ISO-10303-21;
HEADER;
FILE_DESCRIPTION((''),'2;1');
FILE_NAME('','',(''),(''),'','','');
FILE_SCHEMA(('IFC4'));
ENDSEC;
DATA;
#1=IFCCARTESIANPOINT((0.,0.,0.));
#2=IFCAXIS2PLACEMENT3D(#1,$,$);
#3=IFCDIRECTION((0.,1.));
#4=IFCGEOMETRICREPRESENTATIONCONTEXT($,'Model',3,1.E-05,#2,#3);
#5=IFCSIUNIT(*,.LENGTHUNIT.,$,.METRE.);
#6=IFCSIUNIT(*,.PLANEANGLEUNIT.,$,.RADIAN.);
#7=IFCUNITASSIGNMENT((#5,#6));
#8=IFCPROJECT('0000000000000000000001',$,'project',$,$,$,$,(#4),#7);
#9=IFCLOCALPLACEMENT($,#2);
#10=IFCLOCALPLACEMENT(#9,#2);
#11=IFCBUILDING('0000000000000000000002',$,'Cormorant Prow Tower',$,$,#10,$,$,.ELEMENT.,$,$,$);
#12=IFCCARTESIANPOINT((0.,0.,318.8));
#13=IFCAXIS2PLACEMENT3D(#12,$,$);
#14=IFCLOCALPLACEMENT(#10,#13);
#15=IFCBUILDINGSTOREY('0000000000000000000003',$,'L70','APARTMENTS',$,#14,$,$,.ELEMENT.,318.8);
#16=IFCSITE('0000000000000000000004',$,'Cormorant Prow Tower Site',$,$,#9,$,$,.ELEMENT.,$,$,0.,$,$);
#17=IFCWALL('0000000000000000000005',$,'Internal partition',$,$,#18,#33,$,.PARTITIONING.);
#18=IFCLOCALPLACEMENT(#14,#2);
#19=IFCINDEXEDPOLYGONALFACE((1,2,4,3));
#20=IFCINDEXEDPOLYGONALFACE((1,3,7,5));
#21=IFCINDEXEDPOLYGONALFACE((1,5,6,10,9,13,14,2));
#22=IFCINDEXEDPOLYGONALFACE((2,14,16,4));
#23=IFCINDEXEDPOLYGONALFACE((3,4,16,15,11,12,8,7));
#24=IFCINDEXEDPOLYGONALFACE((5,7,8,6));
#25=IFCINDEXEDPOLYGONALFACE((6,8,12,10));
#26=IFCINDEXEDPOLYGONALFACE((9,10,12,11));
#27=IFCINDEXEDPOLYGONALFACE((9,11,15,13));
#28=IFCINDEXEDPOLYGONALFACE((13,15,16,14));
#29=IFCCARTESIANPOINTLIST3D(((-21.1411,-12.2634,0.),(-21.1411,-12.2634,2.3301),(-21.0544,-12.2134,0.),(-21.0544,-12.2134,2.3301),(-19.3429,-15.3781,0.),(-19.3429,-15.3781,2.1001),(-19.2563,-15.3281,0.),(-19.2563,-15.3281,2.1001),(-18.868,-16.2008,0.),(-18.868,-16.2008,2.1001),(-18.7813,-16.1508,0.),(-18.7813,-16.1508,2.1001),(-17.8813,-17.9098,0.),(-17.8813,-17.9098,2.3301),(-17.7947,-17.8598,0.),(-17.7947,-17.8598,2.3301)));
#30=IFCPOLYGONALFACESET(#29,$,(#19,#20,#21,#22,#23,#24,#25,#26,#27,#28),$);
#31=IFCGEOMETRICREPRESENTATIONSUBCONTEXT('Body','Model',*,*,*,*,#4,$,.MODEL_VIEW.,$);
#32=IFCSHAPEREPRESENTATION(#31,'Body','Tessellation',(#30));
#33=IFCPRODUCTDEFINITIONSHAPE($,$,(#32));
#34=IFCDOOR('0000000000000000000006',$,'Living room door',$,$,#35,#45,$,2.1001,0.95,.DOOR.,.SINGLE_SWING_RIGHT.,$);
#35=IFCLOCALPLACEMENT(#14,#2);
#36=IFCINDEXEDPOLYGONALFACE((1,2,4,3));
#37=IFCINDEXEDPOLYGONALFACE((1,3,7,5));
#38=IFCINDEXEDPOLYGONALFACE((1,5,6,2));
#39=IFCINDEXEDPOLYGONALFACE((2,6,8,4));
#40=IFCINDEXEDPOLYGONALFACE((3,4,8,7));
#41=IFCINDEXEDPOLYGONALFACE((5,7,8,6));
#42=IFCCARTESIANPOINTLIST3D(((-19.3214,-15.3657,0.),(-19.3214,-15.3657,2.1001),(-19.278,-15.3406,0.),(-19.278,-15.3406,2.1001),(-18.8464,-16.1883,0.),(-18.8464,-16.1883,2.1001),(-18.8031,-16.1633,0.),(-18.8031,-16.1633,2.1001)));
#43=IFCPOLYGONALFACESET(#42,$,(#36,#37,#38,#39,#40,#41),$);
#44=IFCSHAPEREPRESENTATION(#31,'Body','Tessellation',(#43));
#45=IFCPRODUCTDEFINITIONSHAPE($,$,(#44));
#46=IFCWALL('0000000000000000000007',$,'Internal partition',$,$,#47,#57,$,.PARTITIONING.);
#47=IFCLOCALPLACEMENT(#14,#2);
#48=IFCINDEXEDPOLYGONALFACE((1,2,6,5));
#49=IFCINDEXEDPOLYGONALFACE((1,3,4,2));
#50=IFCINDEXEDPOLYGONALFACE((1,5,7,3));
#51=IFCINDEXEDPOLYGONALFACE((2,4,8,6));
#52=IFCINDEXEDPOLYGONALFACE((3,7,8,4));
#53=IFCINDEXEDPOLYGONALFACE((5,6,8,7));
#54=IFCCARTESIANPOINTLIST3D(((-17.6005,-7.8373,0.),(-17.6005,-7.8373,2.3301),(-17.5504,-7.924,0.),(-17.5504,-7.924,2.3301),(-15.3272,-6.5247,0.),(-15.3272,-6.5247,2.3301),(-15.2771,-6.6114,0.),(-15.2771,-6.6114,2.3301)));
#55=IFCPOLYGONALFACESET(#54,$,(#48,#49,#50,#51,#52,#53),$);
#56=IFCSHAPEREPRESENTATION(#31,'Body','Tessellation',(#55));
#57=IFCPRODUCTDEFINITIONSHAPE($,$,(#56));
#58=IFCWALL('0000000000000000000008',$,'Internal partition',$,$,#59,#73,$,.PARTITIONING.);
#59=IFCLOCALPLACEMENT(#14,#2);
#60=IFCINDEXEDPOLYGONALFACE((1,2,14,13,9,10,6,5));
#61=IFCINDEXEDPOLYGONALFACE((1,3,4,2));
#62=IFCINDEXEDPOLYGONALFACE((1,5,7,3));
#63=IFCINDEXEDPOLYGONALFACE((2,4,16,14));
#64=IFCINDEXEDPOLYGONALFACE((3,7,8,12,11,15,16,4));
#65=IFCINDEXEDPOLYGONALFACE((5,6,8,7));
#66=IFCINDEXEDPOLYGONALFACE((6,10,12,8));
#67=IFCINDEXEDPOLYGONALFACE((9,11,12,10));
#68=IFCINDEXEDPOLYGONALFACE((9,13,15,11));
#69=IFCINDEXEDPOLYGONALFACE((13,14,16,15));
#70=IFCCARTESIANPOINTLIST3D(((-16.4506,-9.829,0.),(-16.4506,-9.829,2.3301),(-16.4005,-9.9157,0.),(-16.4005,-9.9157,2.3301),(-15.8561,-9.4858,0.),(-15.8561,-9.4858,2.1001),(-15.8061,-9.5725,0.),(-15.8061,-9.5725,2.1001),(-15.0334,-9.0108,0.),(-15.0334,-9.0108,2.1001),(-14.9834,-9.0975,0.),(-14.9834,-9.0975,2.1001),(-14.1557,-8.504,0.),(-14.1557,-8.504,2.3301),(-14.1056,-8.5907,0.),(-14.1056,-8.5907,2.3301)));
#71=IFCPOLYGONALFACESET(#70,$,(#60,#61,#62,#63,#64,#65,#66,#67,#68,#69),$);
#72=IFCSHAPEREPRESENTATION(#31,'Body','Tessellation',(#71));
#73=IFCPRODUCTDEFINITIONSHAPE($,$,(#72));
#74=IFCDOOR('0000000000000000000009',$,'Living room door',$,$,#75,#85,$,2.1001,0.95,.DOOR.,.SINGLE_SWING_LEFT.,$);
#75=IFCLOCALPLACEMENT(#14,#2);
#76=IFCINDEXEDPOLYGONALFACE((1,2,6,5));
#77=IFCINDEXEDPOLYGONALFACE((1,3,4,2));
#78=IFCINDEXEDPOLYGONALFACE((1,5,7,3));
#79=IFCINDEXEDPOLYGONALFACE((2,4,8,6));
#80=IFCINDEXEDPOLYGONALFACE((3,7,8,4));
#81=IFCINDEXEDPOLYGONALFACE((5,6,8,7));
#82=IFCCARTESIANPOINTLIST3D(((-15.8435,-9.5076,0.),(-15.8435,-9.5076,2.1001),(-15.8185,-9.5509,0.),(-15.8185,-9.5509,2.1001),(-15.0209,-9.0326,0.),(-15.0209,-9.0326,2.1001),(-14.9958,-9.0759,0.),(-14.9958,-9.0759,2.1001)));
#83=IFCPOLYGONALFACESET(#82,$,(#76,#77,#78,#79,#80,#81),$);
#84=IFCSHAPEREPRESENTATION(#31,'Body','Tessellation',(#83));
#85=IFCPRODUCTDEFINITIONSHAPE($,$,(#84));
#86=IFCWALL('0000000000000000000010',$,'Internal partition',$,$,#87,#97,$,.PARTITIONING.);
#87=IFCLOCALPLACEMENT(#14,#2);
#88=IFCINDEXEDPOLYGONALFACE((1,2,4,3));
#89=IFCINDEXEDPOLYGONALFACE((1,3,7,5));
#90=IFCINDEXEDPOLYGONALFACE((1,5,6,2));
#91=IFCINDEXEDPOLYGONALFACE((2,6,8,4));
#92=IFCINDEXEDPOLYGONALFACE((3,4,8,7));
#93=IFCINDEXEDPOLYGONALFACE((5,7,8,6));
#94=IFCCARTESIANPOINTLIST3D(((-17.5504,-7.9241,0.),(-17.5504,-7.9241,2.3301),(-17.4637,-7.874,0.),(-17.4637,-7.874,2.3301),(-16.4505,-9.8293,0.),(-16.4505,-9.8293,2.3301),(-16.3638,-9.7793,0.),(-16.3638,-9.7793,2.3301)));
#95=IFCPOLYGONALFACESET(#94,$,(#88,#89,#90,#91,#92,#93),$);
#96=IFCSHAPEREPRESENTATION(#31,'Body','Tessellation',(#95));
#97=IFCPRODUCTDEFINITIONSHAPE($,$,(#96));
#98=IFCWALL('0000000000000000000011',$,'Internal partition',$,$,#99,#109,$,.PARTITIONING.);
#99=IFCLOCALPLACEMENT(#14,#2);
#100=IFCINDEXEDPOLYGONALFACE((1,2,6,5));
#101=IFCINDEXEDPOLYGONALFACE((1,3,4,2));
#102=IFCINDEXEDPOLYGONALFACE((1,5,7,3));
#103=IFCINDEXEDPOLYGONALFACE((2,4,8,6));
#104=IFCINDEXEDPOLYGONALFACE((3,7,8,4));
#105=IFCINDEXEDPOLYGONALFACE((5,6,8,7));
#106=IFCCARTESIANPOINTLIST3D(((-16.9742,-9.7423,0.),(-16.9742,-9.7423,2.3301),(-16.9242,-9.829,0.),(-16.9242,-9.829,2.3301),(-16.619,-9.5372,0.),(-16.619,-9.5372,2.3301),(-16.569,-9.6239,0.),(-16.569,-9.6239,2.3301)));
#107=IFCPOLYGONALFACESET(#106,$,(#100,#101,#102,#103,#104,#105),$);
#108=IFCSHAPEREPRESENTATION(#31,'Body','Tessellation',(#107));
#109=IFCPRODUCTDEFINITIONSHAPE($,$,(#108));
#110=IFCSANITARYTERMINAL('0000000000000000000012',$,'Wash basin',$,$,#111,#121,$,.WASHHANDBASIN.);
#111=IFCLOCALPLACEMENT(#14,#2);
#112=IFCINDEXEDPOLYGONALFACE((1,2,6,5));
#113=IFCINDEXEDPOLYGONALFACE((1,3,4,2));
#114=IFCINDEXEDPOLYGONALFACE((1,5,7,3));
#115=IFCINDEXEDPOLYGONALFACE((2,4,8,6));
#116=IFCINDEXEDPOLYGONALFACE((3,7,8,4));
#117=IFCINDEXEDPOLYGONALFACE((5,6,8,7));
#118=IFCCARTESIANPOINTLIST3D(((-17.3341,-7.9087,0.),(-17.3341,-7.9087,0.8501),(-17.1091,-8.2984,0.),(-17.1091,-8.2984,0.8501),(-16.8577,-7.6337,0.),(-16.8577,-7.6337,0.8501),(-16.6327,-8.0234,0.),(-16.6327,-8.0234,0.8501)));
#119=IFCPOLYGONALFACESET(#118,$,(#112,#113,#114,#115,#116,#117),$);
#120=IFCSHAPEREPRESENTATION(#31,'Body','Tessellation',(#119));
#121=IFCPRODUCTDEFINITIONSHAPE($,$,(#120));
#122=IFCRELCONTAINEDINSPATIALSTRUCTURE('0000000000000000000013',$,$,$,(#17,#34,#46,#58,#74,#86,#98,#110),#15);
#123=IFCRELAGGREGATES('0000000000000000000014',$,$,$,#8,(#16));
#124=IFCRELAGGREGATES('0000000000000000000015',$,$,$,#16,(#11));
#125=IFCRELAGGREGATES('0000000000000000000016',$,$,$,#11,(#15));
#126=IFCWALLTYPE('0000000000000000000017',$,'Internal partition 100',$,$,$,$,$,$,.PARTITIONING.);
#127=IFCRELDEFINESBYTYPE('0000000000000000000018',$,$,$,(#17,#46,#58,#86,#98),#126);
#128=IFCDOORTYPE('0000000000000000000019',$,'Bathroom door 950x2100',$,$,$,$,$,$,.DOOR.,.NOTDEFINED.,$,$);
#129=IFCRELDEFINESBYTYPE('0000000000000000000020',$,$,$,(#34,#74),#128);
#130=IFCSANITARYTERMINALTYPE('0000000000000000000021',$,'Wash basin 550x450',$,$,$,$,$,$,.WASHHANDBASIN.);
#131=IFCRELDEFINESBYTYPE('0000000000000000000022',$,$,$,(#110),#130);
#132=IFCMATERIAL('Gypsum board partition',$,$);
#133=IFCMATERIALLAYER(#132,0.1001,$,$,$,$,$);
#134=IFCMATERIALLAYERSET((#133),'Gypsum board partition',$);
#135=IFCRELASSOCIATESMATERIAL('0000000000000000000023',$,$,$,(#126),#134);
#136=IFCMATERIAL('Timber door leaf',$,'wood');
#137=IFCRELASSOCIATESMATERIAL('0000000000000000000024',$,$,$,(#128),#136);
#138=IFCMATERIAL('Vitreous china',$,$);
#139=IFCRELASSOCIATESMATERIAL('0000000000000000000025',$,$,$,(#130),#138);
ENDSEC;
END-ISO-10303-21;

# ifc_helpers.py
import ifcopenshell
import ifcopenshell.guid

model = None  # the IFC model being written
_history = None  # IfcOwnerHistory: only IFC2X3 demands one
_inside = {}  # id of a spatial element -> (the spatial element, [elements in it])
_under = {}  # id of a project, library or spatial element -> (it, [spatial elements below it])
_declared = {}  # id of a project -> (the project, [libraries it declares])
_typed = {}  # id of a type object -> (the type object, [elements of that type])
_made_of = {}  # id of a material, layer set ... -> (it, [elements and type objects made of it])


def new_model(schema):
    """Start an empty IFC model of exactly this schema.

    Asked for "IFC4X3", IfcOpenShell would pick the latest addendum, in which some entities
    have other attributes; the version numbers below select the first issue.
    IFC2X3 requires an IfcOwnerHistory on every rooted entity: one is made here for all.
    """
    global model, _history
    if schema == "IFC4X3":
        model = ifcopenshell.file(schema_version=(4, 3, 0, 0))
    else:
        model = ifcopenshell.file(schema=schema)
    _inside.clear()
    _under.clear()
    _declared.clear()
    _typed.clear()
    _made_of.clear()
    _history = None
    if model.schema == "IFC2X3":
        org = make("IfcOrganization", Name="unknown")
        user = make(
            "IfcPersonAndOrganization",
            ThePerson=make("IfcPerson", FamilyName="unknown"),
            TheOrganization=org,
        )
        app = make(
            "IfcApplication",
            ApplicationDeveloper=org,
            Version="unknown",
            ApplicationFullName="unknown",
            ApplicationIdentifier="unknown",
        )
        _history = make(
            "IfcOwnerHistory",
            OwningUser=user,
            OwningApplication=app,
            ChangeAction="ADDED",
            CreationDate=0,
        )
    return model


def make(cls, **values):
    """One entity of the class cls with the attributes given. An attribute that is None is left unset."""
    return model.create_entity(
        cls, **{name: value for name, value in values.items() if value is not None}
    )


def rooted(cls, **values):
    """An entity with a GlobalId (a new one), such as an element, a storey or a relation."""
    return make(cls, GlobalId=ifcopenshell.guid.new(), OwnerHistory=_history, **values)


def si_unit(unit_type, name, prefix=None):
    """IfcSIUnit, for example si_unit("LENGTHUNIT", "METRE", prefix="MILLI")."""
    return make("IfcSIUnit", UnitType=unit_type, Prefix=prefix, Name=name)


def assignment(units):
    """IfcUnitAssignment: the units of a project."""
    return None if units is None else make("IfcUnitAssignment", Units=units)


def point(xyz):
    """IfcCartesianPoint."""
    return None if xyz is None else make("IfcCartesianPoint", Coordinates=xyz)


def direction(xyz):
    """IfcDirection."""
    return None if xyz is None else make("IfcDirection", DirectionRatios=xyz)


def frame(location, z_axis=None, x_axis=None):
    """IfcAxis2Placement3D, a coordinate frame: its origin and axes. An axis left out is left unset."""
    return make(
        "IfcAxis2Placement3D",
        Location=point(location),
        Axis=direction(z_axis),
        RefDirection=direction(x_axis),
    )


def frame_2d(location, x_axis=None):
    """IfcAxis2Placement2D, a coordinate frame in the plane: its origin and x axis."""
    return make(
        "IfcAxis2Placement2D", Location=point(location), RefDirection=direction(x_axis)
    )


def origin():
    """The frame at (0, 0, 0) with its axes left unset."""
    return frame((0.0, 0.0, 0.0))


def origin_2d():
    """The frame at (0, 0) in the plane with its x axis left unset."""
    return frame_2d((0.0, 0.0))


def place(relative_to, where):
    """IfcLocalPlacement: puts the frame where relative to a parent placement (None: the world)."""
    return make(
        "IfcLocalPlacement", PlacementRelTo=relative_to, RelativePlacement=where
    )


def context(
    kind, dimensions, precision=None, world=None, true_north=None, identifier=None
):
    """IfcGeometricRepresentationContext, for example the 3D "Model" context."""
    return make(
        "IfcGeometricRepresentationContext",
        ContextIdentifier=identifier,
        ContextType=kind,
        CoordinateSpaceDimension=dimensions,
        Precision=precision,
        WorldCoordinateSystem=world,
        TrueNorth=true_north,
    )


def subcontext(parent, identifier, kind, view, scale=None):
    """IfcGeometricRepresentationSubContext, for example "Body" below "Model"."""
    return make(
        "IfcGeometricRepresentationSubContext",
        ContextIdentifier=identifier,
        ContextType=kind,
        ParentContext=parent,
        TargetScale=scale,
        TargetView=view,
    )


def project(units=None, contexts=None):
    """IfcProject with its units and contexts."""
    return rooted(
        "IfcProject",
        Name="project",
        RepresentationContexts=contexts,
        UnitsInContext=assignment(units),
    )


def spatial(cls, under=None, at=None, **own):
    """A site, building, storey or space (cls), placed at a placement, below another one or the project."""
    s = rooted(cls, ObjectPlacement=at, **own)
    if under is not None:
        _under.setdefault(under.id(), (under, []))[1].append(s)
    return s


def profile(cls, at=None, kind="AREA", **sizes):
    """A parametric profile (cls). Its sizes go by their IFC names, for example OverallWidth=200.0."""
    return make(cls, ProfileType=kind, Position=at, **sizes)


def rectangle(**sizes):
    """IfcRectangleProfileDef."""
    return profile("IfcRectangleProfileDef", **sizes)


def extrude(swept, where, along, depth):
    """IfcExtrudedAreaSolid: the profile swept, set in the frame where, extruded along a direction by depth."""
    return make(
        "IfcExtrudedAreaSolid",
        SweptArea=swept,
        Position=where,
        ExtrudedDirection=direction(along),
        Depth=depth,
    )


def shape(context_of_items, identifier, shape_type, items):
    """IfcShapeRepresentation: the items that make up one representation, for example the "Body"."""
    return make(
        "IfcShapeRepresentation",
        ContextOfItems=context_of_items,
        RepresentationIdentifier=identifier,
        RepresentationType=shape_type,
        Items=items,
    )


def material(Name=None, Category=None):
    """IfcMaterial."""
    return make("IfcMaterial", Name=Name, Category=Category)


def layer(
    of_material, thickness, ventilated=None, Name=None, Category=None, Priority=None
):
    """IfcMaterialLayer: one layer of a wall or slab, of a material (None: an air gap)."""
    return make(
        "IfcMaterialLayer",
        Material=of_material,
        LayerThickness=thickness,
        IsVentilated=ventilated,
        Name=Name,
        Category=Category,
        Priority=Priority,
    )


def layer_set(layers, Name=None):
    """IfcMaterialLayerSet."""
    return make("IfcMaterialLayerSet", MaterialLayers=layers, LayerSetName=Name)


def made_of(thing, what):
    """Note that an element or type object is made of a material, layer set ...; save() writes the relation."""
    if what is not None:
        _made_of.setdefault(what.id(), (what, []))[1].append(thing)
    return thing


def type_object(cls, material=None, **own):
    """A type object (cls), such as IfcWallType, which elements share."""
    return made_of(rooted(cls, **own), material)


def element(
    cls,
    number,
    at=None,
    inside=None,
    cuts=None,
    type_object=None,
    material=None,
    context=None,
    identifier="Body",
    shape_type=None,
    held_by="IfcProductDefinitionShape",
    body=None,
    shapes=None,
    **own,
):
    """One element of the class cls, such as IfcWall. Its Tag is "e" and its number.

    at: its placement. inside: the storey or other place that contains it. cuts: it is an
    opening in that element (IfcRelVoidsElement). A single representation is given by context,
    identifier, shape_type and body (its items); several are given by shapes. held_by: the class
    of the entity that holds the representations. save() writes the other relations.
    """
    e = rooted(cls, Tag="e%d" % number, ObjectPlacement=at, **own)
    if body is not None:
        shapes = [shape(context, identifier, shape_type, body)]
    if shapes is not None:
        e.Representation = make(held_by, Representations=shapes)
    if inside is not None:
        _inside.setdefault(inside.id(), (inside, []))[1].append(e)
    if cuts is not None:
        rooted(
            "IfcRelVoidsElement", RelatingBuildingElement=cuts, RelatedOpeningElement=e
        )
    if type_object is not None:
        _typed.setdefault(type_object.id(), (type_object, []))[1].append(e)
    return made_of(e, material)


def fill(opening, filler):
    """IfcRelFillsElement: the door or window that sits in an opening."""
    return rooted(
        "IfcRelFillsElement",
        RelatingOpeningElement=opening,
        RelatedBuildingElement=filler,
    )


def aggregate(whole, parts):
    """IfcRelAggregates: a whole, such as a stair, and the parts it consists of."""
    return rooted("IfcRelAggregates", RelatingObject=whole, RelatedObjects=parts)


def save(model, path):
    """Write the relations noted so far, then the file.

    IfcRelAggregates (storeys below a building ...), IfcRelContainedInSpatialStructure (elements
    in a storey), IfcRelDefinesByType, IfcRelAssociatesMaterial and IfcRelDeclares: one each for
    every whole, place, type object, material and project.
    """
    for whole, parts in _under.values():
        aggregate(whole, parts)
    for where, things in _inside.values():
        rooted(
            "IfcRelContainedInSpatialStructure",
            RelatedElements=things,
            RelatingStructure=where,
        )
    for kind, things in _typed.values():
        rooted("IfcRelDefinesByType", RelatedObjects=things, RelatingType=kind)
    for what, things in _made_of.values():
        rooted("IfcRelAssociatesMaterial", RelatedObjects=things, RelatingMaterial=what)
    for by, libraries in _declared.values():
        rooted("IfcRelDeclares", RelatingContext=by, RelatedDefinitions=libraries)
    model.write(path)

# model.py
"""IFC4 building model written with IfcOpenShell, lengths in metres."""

from ifc_helpers import new_model, si_unit, direction, frame, frame_2d, origin, origin_2d, place, context, subcontext, project, spatial, rectangle, extrude, material, layer, layer_set, type_object, element, fill, save


model = new_model("IFC4")

# Units and contexts
model_context = context("Model", 3, precision=1e-05, world=origin(), true_north=direction((0.0, 1.0)))
body_context = subcontext(model_context, "Body", "Model", "MODEL_VIEW")
ifc_project = project(units=[si_unit("LENGTHUNIT", "METRE"), si_unit("PLANEANGLEUNIT", "RADIAN")], contexts=[model_context])

# Site, building, storey
site_placement = place(None, origin())
site = spatial("IfcSite", under=ifc_project, at=site_placement, Name="Cormorant Prow Tower Site", CompositionType="ELEMENT", RefElevation=0.0)
building_placement = place(site_placement, origin())
building = spatial("IfcBuilding", under=site, at=building_placement, Name="Cormorant Prow Tower", CompositionType="ELEMENT")
storey_placement = place(building_placement, frame((0.0, 0.0, 318.8)))
storey = spatial("IfcBuildingStorey", under=building, at=storey_placement, Name="L70", Description="APARTMENTS", CompositionType="ELEMENT", Elevation=318.8)

# Wall, opening, door
ifc_material_1 = material(Name="Gypsum board partition")
ifc_layer_1 = layer(ifc_material_1, 0.1001)
ifc_layer_set_1 = layer_set([ifc_layer_1], Name="Gypsum board partition")
wall_type = type_object("IfcWallType", Name="Internal partition 100", PredefinedType="PARTITIONING", material=ifc_layer_set_1)
ifc_material_2 = material(Name="Timber door leaf", Category="wood")
door_type = type_object("IfcDoorType", Name="Bathroom door 950x2100", OperationType="NOTDEFINED", PredefinedType="DOOR", material=ifc_material_2)
wall_1_placement = place(storey_placement, frame((-21.0977, -12.2385, 0.0), z_axis=(0.0, 0.0, 1.0), x_axis=(0.499973, -0.866041, 0.0)))
wall_1 = element("IfcWall", 1, at=wall_1_placement, inside=storey, type_object=wall_type, Name="Internal partition", PredefinedType="PARTITIONING", context=body_context, shape_type="SweptSolid", body=[
    extrude(rectangle(XDim=6.5198, YDim=0.1001, at=frame_2d((3.2598, 0.0))), origin(), (0.0, 0.0, 1.0), 2.3301),
])
opening_1_placement = place(wall_1_placement, frame((3.5962, 0.0, 0.0)))
opening_1 = element("IfcOpeningElement", 2, at=opening_1_placement, cuts=wall_1, PredefinedType="OPENING", context=body_context, shape_type="SweptSolid", body=[
    extrude(rectangle(XDim=0.95, YDim=2.1001, at=frame_2d((0.4751, 1.05))), frame((0.0, 0.0601, 0.0), z_axis=(0.0, -1.0, 0.0), x_axis=(1.0, 0.0, 0.0)), (0.0, 0.0, 1.0), 0.1201),
])
door_1_placement = place(opening_1_placement, origin())
door_1 = element("IfcDoor", 3, at=door_1_placement, inside=storey, type_object=door_type, Name="Living room door", OperationType="SINGLE_SWING_RIGHT", OverallHeight=2.1001, OverallWidth=0.95, PredefinedType="DOOR", context=body_context, shape_type="SweptSolid", body=[
    extrude(rectangle(XDim=0.95, YDim=2.1001, at=frame_2d((0.4751, 1.05))), frame((0.0, 0.0249, 0.0), z_axis=(0.0, -1.0, 0.0), x_axis=(1.0, 0.0, 0.0)), (0.0, 0.0, 1.0), 0.05),
])
fill(opening_1, door_1)

# Wall
wall_2_placement = place(storey_placement, frame((-17.5754, -7.8806, 0.0), z_axis=(0.0, 0.0, 1.0), x_axis=(0.866014, 0.50002, 0.0)))
element("IfcWall", 4, at=wall_2_placement, inside=storey, type_object=wall_type, Name="Internal partition", PredefinedType="PARTITIONING", context=body_context, shape_type="SweptSolid", body=[
    extrude(rectangle(XDim=2.625, YDim=0.1001, at=frame_2d((1.3125, 0.0))), origin(), (0.0, 0.0, 1.0), 2.3301),
])

# Wall, opening, door
wall_3_placement = place(storey_placement, frame((-16.4255, -9.8723, 0.0), z_axis=(0.0, 0.0, 1.0), x_axis=(0.866029, 0.499994, 0.0)))
wall_3 = element("IfcWall", 5, at=wall_3_placement, inside=storey, type_object=wall_type, Name="Internal partition", PredefinedType="PARTITIONING", context=body_context, shape_type="SweptSolid", body=[
    extrude(rectangle(XDim=2.6499, YDim=0.1001, at=frame_2d((1.325, 0.0))), origin(), (0.0, 0.0, 1.0), 2.3301),
])
opening_2_placement = place(wall_3_placement, frame((0.6863, 0.0, 0.0)))
opening_2 = element("IfcOpeningElement", 6, at=opening_2_placement, cuts=wall_3, PredefinedType="OPENING", context=body_context, shape_type="SweptSolid", body=[
    extrude(rectangle(XDim=0.95, YDim=2.1001, at=frame_2d((0.4751, 1.05))), frame((0.0, 0.0601, 0.0), z_axis=(0.0, -1.0, 0.0), x_axis=(1.0, 0.0, 0.0)), (0.0, 0.0, 1.0), 0.1201),
])
door_2_placement = place(opening_2_placement, origin())
door_2 = element("IfcDoor", 7, at=door_2_placement, inside=storey, type_object=door_type, Name="Living room door", OperationType="SINGLE_SWING_LEFT", OverallHeight=2.1001, OverallWidth=0.95, PredefinedType="DOOR", context=body_context, shape_type="SweptSolid", body=[
    extrude(rectangle(XDim=0.95, YDim=2.1001, at=frame_2d((0.4751, 1.05))), frame((0.0, 0.0249, 0.0), z_axis=(0.0, -1.0, 0.0), x_axis=(1.0, 0.0, 0.0)), (0.0, 0.0, 1.0), 0.05),
])
fill(opening_2, door_2)

# Walls
wall_4_placement = place(storey_placement, frame((-17.5071, -7.8989, 0.0), z_axis=(0.0, 0.0, 1.0), x_axis=(0.499947, -0.866056, 0.0)))
element("IfcWall", 8, at=wall_4_placement, inside=storey, type_object=wall_type, Name="Internal partition", PredefinedType="PARTITIONING", context=body_context, shape_type="SweptSolid", body=[
    extrude(rectangle(XDim=2.2, YDim=0.1001, at=frame_2d((1.1001, 0.0))), origin(), (0.0, 0.0, 1.0), 2.3301),
])
wall_5_placement = place(storey_placement, frame((-16.9492, -9.7856, 0.0), z_axis=(0.0, 0.0, 1.0), x_axis=(0.866037, 0.49998, 0.0)))
element("IfcWall", 9, at=wall_5_placement, inside=storey, type_object=wall_type, Name="Internal partition", PredefinedType="PARTITIONING", context=body_context, shape_type="SweptSolid", body=[
    extrude(rectangle(XDim=0.4102, YDim=0.1001, at=frame_2d((0.2051, 0.0))), origin(), (0.0, 0.0, 1.0), 2.3301),
])

# Sanitary terminal
ifc_material_3 = material(Name="Vitreous china")
sanitary_terminal_type = type_object("IfcSanitaryTerminalType", Name="Wash basin 550x450", PredefinedType="WASHHANDBASIN", material=ifc_material_3)
sanitary_terminal_placement = place(storey_placement, frame((-16.9834, -7.9661, 0.0), z_axis=(0.0, 0.0, 1.0), x_axis=(0.866025, 0.5, 0.0)))
element("IfcSanitaryTerminal", 10, at=sanitary_terminal_placement, inside=storey, type_object=sanitary_terminal_type, Name="Wash basin", PredefinedType="WASHHANDBASIN", context=body_context, shape_type="SweptSolid", body=[
    extrude(rectangle(XDim=0.55, YDim=0.45, at=origin_2d()), origin(), (0.0, 0.0, 1.0), 0.8501),
])

save(model, "model.ifc")
